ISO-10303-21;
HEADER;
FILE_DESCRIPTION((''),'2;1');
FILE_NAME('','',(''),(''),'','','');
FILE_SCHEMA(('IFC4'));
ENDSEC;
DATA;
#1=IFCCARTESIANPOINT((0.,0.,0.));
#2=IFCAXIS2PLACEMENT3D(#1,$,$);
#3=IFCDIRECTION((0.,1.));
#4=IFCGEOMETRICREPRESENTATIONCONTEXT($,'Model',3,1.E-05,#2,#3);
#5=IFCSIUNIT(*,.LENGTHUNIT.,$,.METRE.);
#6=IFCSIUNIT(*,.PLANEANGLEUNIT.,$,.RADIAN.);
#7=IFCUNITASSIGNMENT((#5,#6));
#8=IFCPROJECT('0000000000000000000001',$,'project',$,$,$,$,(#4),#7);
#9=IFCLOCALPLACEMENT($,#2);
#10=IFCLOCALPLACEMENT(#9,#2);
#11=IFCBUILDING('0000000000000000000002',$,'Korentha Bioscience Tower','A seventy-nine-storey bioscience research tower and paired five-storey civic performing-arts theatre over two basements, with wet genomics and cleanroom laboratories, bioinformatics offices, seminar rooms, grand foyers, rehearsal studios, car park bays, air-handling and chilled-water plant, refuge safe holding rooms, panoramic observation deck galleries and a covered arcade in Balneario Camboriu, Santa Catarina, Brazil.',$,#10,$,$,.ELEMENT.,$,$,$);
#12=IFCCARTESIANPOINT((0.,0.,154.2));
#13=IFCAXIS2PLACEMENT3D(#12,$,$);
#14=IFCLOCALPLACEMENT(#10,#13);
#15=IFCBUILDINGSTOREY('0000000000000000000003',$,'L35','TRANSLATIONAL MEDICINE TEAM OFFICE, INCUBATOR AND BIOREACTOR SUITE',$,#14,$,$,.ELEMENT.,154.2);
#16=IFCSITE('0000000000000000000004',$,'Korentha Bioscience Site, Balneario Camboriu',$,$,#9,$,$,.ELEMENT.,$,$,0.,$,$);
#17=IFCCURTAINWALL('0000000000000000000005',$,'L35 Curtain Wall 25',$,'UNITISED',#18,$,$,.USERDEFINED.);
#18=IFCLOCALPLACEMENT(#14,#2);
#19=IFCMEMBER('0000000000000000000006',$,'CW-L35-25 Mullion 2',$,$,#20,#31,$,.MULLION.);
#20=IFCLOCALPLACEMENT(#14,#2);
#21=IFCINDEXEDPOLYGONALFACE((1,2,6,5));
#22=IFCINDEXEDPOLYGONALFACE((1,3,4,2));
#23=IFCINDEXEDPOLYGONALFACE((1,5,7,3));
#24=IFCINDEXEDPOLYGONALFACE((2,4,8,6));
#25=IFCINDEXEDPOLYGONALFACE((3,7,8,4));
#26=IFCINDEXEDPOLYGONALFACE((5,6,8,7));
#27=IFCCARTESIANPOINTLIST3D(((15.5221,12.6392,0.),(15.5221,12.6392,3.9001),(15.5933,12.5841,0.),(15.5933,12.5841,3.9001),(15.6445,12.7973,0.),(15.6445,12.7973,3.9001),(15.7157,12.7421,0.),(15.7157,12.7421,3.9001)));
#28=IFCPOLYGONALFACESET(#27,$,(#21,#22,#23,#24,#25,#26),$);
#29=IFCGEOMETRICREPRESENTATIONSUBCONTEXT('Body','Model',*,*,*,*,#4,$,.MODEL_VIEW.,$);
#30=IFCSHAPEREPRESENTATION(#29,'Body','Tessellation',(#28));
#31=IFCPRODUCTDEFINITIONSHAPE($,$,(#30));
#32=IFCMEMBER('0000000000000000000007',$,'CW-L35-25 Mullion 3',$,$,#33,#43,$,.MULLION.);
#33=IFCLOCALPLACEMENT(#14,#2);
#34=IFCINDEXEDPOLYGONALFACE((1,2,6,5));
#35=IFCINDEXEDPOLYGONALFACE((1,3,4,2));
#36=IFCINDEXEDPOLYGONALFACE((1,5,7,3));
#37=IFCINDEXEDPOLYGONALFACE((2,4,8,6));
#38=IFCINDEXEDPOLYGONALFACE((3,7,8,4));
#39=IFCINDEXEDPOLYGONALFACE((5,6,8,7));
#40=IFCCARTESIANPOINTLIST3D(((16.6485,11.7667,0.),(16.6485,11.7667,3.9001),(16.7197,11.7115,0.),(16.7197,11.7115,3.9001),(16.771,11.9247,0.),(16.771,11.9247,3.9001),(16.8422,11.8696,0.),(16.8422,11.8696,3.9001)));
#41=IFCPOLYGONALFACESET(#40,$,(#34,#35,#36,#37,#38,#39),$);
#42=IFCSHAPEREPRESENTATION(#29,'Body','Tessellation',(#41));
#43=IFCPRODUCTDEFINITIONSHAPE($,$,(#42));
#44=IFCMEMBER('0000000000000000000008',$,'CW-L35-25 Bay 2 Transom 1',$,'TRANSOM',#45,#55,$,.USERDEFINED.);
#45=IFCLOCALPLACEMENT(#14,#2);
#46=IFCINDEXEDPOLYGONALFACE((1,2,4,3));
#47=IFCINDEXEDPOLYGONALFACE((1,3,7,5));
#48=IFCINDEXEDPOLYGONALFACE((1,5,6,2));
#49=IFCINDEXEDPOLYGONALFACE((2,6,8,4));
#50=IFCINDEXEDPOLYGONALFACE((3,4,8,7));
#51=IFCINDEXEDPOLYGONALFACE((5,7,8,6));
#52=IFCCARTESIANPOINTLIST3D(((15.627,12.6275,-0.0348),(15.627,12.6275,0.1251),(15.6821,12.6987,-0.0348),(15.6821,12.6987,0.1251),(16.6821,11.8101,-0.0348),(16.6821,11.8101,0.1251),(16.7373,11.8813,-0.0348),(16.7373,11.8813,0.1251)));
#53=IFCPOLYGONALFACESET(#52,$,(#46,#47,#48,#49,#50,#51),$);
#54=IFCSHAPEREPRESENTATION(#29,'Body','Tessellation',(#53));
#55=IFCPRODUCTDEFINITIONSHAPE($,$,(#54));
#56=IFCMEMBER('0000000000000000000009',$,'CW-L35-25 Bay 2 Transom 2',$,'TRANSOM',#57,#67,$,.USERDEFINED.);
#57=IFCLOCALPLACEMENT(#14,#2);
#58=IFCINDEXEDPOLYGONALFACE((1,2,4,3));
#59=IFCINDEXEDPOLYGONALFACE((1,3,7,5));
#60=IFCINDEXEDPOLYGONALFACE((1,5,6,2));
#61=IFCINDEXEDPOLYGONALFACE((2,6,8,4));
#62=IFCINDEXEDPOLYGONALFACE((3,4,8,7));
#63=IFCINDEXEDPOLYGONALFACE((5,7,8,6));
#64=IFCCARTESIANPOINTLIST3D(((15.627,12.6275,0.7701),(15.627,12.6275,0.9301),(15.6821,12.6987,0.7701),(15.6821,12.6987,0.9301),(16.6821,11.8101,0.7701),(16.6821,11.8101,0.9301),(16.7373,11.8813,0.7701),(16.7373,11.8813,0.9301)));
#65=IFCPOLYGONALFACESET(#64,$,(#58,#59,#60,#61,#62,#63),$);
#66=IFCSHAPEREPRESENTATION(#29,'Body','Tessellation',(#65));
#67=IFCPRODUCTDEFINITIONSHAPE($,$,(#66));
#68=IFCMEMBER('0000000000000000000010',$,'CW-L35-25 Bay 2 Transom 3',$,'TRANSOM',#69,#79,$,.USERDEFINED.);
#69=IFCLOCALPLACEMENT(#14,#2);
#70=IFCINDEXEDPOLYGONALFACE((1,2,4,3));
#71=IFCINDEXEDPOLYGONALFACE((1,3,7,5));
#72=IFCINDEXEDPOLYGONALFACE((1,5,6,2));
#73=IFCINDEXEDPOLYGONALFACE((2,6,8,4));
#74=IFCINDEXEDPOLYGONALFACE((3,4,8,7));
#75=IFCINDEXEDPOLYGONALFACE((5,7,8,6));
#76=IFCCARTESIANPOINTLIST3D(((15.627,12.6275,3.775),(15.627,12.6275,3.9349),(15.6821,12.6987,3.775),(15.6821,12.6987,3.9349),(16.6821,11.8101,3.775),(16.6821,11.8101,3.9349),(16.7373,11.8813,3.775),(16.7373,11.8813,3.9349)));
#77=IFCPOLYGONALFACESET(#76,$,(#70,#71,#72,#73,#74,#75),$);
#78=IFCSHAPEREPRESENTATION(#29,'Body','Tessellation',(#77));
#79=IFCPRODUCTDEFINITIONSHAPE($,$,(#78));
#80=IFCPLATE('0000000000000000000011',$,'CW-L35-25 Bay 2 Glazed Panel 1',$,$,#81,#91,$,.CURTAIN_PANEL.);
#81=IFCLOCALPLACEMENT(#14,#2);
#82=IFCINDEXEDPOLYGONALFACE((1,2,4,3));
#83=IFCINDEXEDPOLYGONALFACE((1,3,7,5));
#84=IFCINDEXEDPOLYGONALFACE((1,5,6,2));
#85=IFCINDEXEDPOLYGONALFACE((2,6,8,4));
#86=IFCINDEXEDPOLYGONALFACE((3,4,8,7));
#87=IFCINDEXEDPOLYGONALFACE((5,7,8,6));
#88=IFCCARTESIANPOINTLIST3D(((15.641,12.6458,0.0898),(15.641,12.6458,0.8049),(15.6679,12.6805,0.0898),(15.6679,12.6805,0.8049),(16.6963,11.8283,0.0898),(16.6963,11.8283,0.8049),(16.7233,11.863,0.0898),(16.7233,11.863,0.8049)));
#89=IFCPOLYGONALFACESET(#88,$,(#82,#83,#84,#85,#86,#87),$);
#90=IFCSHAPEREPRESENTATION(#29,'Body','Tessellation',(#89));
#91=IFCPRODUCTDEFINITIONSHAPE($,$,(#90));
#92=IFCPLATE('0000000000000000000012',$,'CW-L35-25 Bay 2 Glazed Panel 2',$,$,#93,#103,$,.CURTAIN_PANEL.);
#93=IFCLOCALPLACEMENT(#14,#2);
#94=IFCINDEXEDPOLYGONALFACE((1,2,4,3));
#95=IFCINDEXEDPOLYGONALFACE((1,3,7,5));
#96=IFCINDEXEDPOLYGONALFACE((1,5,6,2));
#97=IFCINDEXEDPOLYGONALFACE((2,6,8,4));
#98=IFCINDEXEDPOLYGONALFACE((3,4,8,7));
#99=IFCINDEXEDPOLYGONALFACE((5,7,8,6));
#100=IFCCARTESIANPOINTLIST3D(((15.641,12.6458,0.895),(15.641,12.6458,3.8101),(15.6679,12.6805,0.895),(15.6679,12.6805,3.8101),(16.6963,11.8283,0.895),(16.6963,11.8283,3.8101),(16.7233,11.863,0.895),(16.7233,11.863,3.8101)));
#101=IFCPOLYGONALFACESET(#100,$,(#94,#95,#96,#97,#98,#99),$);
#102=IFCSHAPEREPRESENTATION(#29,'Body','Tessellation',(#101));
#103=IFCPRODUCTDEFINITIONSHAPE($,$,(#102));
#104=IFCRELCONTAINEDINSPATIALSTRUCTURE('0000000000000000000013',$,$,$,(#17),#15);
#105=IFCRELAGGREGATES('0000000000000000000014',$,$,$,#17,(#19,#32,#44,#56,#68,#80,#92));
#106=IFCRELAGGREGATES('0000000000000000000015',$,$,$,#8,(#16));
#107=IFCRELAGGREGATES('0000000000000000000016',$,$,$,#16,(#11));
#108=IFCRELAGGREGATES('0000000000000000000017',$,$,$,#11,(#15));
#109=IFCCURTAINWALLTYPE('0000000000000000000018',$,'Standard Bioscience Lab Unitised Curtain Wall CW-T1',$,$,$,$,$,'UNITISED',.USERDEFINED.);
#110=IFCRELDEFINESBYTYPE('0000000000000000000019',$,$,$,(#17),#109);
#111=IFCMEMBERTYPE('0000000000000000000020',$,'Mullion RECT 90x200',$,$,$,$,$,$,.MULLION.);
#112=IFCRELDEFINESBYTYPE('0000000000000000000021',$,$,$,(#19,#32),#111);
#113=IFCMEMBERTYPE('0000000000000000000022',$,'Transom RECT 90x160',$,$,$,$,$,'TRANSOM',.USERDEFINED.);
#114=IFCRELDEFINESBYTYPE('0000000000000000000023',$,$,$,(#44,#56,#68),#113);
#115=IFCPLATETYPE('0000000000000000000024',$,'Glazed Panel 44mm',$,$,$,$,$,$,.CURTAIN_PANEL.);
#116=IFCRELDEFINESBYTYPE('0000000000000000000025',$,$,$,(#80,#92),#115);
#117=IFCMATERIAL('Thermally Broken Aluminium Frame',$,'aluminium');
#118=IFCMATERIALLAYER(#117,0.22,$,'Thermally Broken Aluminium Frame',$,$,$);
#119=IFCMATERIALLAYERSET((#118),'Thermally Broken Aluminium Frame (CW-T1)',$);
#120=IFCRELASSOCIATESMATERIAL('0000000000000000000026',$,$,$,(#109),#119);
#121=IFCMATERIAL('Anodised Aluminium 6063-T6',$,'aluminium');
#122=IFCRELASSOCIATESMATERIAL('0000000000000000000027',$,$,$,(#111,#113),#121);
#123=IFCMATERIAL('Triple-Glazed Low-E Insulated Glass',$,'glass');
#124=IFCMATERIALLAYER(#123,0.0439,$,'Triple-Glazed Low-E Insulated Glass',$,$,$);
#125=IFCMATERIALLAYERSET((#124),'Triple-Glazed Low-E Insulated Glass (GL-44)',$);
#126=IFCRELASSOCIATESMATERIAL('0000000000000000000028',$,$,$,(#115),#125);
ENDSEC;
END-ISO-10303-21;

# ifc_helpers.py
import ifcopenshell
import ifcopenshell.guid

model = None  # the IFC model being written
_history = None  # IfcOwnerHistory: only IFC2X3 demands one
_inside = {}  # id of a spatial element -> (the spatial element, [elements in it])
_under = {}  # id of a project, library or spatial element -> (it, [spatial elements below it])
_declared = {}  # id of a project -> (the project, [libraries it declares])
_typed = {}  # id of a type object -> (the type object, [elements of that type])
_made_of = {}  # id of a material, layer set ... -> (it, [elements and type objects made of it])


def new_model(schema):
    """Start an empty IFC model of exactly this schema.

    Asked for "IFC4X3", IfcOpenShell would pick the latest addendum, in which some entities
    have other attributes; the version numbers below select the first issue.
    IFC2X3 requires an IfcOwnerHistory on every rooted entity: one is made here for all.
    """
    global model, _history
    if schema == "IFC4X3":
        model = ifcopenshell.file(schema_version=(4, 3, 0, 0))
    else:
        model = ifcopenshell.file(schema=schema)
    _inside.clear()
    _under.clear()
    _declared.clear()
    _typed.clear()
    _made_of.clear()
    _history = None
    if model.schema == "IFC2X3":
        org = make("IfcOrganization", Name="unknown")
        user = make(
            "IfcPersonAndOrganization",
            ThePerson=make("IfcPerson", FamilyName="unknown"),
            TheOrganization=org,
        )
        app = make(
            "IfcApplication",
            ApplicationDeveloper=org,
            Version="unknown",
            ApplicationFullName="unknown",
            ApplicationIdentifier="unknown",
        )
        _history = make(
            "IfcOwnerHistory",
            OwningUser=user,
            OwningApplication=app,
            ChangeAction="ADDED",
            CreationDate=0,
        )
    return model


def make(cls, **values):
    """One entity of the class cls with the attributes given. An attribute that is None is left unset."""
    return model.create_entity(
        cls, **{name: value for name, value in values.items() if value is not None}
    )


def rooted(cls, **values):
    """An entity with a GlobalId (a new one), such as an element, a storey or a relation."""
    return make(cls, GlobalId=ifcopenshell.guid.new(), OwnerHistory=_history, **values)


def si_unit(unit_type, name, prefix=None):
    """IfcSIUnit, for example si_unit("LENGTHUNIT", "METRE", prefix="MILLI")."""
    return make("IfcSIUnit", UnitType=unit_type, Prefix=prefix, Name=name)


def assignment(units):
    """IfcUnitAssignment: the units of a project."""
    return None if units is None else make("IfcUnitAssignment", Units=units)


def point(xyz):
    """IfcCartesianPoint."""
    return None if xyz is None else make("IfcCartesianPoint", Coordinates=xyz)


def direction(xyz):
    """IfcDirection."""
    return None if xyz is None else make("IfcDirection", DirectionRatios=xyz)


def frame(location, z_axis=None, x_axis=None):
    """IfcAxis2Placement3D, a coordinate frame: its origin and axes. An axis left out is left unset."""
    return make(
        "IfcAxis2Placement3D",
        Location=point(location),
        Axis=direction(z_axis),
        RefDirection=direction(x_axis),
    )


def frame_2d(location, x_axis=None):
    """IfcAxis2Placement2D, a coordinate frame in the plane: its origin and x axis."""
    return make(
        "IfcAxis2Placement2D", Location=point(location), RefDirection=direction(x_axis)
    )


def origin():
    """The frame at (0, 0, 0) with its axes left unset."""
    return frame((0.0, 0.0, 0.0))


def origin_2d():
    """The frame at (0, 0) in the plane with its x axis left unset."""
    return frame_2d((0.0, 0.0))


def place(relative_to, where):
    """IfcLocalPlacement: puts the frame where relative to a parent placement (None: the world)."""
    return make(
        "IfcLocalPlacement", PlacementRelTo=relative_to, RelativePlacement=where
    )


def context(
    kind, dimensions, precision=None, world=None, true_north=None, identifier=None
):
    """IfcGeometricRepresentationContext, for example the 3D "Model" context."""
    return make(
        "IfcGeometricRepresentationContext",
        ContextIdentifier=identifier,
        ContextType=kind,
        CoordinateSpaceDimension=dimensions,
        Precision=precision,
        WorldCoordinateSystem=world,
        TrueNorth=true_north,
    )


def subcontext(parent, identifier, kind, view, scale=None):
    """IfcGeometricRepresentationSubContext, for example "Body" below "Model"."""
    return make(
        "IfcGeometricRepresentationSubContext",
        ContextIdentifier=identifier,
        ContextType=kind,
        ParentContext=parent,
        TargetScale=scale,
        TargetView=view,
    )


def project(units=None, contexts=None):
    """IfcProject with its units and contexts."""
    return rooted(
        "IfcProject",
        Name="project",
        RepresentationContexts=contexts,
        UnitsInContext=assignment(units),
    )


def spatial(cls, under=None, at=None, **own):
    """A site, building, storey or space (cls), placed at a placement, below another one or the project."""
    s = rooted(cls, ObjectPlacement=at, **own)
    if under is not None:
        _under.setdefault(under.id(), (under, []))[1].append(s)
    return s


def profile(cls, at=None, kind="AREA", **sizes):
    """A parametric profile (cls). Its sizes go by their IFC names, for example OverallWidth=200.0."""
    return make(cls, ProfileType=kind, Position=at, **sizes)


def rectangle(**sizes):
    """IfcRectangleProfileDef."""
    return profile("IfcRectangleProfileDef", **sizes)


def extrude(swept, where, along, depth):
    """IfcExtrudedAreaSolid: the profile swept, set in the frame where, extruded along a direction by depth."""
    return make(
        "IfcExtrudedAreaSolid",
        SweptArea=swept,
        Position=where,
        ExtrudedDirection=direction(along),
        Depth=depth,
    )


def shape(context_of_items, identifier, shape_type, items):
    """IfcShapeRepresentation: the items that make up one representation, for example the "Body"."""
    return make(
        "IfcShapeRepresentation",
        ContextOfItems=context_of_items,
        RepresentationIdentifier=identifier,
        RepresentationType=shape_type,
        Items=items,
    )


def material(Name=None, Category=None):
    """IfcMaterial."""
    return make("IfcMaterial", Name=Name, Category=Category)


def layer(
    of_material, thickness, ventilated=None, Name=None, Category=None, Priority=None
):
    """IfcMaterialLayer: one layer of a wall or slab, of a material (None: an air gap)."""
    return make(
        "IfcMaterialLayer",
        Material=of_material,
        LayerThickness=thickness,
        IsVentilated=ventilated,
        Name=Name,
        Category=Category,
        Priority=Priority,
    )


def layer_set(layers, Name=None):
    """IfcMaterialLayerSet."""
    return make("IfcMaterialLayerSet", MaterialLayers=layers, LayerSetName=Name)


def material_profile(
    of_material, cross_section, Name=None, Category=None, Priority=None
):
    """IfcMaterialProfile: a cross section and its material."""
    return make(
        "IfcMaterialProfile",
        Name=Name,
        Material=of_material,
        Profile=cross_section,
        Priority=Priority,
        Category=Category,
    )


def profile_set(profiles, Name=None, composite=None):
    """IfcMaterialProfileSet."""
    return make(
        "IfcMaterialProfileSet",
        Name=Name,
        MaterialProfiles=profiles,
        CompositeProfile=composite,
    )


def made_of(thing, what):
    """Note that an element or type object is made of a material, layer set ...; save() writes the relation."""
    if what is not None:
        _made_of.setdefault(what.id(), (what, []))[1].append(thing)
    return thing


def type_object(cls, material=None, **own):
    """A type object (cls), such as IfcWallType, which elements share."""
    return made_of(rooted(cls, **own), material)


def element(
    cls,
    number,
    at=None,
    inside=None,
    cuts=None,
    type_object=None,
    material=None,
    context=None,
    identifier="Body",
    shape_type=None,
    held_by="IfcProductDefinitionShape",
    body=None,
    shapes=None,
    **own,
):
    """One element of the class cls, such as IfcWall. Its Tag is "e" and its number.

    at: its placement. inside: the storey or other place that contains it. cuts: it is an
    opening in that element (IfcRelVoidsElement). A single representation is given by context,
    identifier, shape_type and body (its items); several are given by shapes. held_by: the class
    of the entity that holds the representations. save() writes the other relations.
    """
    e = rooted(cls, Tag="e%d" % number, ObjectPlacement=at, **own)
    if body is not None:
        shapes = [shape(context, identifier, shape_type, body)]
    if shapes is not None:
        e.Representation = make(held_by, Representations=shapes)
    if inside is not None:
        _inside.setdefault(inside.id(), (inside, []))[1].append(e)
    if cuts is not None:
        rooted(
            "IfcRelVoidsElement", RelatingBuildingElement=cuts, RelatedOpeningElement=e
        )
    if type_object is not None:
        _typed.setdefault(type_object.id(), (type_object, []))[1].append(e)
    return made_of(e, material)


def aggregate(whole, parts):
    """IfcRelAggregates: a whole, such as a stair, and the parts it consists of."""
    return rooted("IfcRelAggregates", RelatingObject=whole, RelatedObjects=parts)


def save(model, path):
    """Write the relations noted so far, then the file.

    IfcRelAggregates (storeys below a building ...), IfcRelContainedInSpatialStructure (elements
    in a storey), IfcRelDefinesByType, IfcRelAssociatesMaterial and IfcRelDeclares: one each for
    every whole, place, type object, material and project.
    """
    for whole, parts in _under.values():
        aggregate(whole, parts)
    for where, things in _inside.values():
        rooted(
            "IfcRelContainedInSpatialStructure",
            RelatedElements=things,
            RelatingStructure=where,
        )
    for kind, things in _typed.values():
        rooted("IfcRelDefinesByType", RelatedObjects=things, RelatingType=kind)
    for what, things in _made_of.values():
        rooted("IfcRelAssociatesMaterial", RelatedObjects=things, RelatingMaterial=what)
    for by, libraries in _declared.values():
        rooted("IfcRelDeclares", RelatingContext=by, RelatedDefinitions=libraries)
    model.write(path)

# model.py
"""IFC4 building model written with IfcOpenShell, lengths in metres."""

from ifc_helpers import new_model, si_unit, direction, frame, origin, origin_2d, place, context, subcontext, project, spatial, rectangle, extrude, material, layer, layer_set, material_profile, profile_set, type_object, element, aggregate, save


model = new_model("IFC4")

# Units and contexts
model_context = context("Model", 3, precision=1e-05, world=origin(), true_north=direction((0.0, 1.0)))
body_context = subcontext(model_context, "Body", "Model", "MODEL_VIEW")
ifc_project = project(units=[si_unit("LENGTHUNIT", "METRE"), si_unit("PLANEANGLEUNIT", "RADIAN")], contexts=[model_context])

# Site, building, storey
site_placement = place(None, origin())
site = spatial("IfcSite", under=ifc_project, at=site_placement, Name="Korentha Bioscience Site, Balneario Camboriu", CompositionType="ELEMENT", RefElevation=0.0)
building_placement = place(site_placement, origin())
building = spatial("IfcBuilding", under=site, at=building_placement, Name="Korentha Bioscience Tower", Description="A seventy-nine-storey bioscience research tower and paired five-storey civic performing-arts theatre over two basements, with wet genomics and cleanroom laboratories, bioinformatics offices, seminar rooms, grand foyers, rehearsal studios, car park bays, air-handling and chilled-water plant, refuge safe holding rooms, panoramic observation deck galleries and a covered arcade in Balneario Camboriu, Santa Catarina, Brazil.", CompositionType="ELEMENT")
storey_placement = place(building_placement, frame((0.0, 0.0, 154.2)))
storey = spatial("IfcBuildingStorey", under=building, at=storey_placement, Name="L35", Description="TRANSLATIONAL MEDICINE TEAM OFFICE, INCUBATOR AND BIOREACTOR SUITE", CompositionType="ELEMENT", Elevation=154.2)

# Curtain wall, members, plates
ifc_material_1 = material(Name="Thermally Broken Aluminium Frame", Category="aluminium")
ifc_layer_1 = layer(ifc_material_1, 0.22, Name="Thermally Broken Aluminium Frame")
ifc_layer_set_1 = layer_set([ifc_layer_1], Name="Thermally Broken Aluminium Frame (CW-T1)")
curtain_wall_type = type_object("IfcCurtainWallType", Name="Standard Bioscience Lab Unitised Curtain Wall CW-T1", ElementType="UNITISED", PredefinedType="USERDEFINED", material=ifc_layer_set_1)
curtain_wall_placement = place(storey_placement, origin())
curtain_wall = element("IfcCurtainWall", 1, at=curtain_wall_placement, inside=storey, type_object=curtain_wall_type, Name="L35 Curtain Wall 25", ObjectType="UNITISED", PredefinedType="USERDEFINED")
ifc_material_2 = material(Name="Anodised Aluminium 6063-T6", Category="aluminium")
ifc_material_profile_1 = material_profile(ifc_material_2, rectangle(XDim=0.0901, YDim=0.2, at=origin_2d()), Name="Anodised Aluminium 6063-T6")
ifc_profile_set_1 = profile_set([ifc_material_profile_1], Name="Anodised Aluminium 6063-T6 (CW-MUL)")
member_type_1 = type_object("IfcMemberType", Name="Mullion RECT 90x200", PredefinedType="MULLION", material=ifc_profile_set_1)
member_1_placement = place(storey_placement, frame((15.6189, 12.6907, 0.0), z_axis=(0.0, 0.0, 1.0), x_axis=(0.790547, -0.612402, 0.0)))
member_1 = element("IfcMember", 2, at=member_1_placement, type_object=member_type_1, Name="CW-L35-25 Mullion 2", PredefinedType="MULLION", context=body_context, shape_type="SweptSolid", body=[
    extrude(rectangle(XDim=0.0901, YDim=0.2, at=origin_2d()), origin(), (0.0, 0.0, 1.0), 3.9001),
])
member_2_placement = place(storey_placement, frame((16.7454, 11.8181, 0.0), z_axis=(0.0, 0.0, 1.0), x_axis=(0.790547, -0.612402, 0.0)))
member_2 = element("IfcMember", 3, at=member_2_placement, type_object=member_type_1, Name="CW-L35-25 Mullion 3", PredefinedType="MULLION", context=body_context, shape_type="SweptSolid", body=[
    extrude(rectangle(XDim=0.0901, YDim=0.2, at=origin_2d()), origin(), (0.0, 0.0, 1.0), 3.9001),
])
ifc_material_profile_2 = material_profile(ifc_material_2, rectangle(XDim=0.0901, YDim=0.1599, at=origin_2d()), Name="Anodised Aluminium 6063-T6")
ifc_profile_set_2 = profile_set([ifc_material_profile_2], Name="Anodised Aluminium 6063-T6 (CW-TRN)")
member_type_2 = type_object("IfcMemberType", Name="Transom RECT 90x160", ElementType="TRANSOM", PredefinedType="USERDEFINED", material=ifc_profile_set_2)
member_3_placement = place(storey_placement, frame((15.6545, 12.6631, 0.0452), z_axis=(0.790552, -0.612395, 0.0), x_axis=(0.612395, 0.790552, 0.0)))
member_3 = element("IfcMember", 4, at=member_3_placement, type_object=member_type_2, Name="CW-L35-25 Bay 2 Transom 1", ObjectType="TRANSOM", PredefinedType="USERDEFINED", context=body_context, shape_type="SweptSolid", body=[
    extrude(rectangle(XDim=0.0901, YDim=0.1599, at=origin_2d()), origin(), (0.0, 0.0, 1.0), 1.3347),
])
member_4_placement = place(storey_placement, frame((15.6545, 12.6631, 0.8501), z_axis=(0.790552, -0.612395, 0.0), x_axis=(0.612395, 0.790552, 0.0)))
member_4 = element("IfcMember", 5, at=member_4_placement, type_object=member_type_2, Name="CW-L35-25 Bay 2 Transom 2", ObjectType="TRANSOM", PredefinedType="USERDEFINED", context=body_context, shape_type="SweptSolid", body=[
    extrude(rectangle(XDim=0.0901, YDim=0.1599, at=origin_2d()), origin(), (0.0, 0.0, 1.0), 1.3347),
])
member_5_placement = place(storey_placement, frame((15.6545, 12.6631, 3.855), z_axis=(0.790552, -0.612395, 0.0), x_axis=(0.612395, 0.790552, 0.0)))
member_5 = element("IfcMember", 6, at=member_5_placement, type_object=member_type_2, Name="CW-L35-25 Bay 2 Transom 3", ObjectType="TRANSOM", PredefinedType="USERDEFINED", context=body_context, shape_type="SweptSolid", body=[
    extrude(rectangle(XDim=0.0901, YDim=0.1599, at=origin_2d()), origin(), (0.0, 0.0, 1.0), 1.3347),
])
ifc_material_3 = material(Name="Triple-Glazed Low-E Insulated Glass", Category="glass")
ifc_layer_2 = layer(ifc_material_3, 0.0439, Name="Triple-Glazed Low-E Insulated Glass")
ifc_layer_set_2 = layer_set([ifc_layer_2], Name="Triple-Glazed Low-E Insulated Glass (GL-44)")
plate_type = type_object("IfcPlateType", Name="Glazed Panel 44mm", PredefinedType="CURTAIN_PANEL", material=ifc_layer_set_2)
plate_1_placement = place(storey_placement, frame((16.1821, 12.2544, 0.0898), z_axis=(0.0, 0.0, 1.0), x_axis=(0.790547, -0.612402, 0.0)))
plate_1 = element("IfcPlate", 7, at=plate_1_placement, type_object=plate_type, Name="CW-L35-25 Bay 2 Glazed Panel 1", PredefinedType="CURTAIN_PANEL", context=body_context, shape_type="SweptSolid", body=[
    extrude(rectangle(XDim=1.335, YDim=0.0439, at=origin_2d()), origin(), (0.0, 0.0, 1.0), 0.7151),
])
plate_2_placement = place(storey_placement, frame((16.1821, 12.2544, 0.895), z_axis=(0.0, 0.0, 1.0), x_axis=(0.790547, -0.612402, 0.0)))
plate_2 = element("IfcPlate", 8, at=plate_2_placement, type_object=plate_type, Name="CW-L35-25 Bay 2 Glazed Panel 2", PredefinedType="CURTAIN_PANEL", context=body_context, shape_type="SweptSolid", body=[
    extrude(rectangle(XDim=1.335, YDim=0.0439, at=origin_2d()), origin(), (0.0, 0.0, 1.0), 2.915),
])
aggregate(curtain_wall, [member_1, member_2, member_3, member_4, member_5, plate_1, plate_2])

save(model, "model.ifc")
